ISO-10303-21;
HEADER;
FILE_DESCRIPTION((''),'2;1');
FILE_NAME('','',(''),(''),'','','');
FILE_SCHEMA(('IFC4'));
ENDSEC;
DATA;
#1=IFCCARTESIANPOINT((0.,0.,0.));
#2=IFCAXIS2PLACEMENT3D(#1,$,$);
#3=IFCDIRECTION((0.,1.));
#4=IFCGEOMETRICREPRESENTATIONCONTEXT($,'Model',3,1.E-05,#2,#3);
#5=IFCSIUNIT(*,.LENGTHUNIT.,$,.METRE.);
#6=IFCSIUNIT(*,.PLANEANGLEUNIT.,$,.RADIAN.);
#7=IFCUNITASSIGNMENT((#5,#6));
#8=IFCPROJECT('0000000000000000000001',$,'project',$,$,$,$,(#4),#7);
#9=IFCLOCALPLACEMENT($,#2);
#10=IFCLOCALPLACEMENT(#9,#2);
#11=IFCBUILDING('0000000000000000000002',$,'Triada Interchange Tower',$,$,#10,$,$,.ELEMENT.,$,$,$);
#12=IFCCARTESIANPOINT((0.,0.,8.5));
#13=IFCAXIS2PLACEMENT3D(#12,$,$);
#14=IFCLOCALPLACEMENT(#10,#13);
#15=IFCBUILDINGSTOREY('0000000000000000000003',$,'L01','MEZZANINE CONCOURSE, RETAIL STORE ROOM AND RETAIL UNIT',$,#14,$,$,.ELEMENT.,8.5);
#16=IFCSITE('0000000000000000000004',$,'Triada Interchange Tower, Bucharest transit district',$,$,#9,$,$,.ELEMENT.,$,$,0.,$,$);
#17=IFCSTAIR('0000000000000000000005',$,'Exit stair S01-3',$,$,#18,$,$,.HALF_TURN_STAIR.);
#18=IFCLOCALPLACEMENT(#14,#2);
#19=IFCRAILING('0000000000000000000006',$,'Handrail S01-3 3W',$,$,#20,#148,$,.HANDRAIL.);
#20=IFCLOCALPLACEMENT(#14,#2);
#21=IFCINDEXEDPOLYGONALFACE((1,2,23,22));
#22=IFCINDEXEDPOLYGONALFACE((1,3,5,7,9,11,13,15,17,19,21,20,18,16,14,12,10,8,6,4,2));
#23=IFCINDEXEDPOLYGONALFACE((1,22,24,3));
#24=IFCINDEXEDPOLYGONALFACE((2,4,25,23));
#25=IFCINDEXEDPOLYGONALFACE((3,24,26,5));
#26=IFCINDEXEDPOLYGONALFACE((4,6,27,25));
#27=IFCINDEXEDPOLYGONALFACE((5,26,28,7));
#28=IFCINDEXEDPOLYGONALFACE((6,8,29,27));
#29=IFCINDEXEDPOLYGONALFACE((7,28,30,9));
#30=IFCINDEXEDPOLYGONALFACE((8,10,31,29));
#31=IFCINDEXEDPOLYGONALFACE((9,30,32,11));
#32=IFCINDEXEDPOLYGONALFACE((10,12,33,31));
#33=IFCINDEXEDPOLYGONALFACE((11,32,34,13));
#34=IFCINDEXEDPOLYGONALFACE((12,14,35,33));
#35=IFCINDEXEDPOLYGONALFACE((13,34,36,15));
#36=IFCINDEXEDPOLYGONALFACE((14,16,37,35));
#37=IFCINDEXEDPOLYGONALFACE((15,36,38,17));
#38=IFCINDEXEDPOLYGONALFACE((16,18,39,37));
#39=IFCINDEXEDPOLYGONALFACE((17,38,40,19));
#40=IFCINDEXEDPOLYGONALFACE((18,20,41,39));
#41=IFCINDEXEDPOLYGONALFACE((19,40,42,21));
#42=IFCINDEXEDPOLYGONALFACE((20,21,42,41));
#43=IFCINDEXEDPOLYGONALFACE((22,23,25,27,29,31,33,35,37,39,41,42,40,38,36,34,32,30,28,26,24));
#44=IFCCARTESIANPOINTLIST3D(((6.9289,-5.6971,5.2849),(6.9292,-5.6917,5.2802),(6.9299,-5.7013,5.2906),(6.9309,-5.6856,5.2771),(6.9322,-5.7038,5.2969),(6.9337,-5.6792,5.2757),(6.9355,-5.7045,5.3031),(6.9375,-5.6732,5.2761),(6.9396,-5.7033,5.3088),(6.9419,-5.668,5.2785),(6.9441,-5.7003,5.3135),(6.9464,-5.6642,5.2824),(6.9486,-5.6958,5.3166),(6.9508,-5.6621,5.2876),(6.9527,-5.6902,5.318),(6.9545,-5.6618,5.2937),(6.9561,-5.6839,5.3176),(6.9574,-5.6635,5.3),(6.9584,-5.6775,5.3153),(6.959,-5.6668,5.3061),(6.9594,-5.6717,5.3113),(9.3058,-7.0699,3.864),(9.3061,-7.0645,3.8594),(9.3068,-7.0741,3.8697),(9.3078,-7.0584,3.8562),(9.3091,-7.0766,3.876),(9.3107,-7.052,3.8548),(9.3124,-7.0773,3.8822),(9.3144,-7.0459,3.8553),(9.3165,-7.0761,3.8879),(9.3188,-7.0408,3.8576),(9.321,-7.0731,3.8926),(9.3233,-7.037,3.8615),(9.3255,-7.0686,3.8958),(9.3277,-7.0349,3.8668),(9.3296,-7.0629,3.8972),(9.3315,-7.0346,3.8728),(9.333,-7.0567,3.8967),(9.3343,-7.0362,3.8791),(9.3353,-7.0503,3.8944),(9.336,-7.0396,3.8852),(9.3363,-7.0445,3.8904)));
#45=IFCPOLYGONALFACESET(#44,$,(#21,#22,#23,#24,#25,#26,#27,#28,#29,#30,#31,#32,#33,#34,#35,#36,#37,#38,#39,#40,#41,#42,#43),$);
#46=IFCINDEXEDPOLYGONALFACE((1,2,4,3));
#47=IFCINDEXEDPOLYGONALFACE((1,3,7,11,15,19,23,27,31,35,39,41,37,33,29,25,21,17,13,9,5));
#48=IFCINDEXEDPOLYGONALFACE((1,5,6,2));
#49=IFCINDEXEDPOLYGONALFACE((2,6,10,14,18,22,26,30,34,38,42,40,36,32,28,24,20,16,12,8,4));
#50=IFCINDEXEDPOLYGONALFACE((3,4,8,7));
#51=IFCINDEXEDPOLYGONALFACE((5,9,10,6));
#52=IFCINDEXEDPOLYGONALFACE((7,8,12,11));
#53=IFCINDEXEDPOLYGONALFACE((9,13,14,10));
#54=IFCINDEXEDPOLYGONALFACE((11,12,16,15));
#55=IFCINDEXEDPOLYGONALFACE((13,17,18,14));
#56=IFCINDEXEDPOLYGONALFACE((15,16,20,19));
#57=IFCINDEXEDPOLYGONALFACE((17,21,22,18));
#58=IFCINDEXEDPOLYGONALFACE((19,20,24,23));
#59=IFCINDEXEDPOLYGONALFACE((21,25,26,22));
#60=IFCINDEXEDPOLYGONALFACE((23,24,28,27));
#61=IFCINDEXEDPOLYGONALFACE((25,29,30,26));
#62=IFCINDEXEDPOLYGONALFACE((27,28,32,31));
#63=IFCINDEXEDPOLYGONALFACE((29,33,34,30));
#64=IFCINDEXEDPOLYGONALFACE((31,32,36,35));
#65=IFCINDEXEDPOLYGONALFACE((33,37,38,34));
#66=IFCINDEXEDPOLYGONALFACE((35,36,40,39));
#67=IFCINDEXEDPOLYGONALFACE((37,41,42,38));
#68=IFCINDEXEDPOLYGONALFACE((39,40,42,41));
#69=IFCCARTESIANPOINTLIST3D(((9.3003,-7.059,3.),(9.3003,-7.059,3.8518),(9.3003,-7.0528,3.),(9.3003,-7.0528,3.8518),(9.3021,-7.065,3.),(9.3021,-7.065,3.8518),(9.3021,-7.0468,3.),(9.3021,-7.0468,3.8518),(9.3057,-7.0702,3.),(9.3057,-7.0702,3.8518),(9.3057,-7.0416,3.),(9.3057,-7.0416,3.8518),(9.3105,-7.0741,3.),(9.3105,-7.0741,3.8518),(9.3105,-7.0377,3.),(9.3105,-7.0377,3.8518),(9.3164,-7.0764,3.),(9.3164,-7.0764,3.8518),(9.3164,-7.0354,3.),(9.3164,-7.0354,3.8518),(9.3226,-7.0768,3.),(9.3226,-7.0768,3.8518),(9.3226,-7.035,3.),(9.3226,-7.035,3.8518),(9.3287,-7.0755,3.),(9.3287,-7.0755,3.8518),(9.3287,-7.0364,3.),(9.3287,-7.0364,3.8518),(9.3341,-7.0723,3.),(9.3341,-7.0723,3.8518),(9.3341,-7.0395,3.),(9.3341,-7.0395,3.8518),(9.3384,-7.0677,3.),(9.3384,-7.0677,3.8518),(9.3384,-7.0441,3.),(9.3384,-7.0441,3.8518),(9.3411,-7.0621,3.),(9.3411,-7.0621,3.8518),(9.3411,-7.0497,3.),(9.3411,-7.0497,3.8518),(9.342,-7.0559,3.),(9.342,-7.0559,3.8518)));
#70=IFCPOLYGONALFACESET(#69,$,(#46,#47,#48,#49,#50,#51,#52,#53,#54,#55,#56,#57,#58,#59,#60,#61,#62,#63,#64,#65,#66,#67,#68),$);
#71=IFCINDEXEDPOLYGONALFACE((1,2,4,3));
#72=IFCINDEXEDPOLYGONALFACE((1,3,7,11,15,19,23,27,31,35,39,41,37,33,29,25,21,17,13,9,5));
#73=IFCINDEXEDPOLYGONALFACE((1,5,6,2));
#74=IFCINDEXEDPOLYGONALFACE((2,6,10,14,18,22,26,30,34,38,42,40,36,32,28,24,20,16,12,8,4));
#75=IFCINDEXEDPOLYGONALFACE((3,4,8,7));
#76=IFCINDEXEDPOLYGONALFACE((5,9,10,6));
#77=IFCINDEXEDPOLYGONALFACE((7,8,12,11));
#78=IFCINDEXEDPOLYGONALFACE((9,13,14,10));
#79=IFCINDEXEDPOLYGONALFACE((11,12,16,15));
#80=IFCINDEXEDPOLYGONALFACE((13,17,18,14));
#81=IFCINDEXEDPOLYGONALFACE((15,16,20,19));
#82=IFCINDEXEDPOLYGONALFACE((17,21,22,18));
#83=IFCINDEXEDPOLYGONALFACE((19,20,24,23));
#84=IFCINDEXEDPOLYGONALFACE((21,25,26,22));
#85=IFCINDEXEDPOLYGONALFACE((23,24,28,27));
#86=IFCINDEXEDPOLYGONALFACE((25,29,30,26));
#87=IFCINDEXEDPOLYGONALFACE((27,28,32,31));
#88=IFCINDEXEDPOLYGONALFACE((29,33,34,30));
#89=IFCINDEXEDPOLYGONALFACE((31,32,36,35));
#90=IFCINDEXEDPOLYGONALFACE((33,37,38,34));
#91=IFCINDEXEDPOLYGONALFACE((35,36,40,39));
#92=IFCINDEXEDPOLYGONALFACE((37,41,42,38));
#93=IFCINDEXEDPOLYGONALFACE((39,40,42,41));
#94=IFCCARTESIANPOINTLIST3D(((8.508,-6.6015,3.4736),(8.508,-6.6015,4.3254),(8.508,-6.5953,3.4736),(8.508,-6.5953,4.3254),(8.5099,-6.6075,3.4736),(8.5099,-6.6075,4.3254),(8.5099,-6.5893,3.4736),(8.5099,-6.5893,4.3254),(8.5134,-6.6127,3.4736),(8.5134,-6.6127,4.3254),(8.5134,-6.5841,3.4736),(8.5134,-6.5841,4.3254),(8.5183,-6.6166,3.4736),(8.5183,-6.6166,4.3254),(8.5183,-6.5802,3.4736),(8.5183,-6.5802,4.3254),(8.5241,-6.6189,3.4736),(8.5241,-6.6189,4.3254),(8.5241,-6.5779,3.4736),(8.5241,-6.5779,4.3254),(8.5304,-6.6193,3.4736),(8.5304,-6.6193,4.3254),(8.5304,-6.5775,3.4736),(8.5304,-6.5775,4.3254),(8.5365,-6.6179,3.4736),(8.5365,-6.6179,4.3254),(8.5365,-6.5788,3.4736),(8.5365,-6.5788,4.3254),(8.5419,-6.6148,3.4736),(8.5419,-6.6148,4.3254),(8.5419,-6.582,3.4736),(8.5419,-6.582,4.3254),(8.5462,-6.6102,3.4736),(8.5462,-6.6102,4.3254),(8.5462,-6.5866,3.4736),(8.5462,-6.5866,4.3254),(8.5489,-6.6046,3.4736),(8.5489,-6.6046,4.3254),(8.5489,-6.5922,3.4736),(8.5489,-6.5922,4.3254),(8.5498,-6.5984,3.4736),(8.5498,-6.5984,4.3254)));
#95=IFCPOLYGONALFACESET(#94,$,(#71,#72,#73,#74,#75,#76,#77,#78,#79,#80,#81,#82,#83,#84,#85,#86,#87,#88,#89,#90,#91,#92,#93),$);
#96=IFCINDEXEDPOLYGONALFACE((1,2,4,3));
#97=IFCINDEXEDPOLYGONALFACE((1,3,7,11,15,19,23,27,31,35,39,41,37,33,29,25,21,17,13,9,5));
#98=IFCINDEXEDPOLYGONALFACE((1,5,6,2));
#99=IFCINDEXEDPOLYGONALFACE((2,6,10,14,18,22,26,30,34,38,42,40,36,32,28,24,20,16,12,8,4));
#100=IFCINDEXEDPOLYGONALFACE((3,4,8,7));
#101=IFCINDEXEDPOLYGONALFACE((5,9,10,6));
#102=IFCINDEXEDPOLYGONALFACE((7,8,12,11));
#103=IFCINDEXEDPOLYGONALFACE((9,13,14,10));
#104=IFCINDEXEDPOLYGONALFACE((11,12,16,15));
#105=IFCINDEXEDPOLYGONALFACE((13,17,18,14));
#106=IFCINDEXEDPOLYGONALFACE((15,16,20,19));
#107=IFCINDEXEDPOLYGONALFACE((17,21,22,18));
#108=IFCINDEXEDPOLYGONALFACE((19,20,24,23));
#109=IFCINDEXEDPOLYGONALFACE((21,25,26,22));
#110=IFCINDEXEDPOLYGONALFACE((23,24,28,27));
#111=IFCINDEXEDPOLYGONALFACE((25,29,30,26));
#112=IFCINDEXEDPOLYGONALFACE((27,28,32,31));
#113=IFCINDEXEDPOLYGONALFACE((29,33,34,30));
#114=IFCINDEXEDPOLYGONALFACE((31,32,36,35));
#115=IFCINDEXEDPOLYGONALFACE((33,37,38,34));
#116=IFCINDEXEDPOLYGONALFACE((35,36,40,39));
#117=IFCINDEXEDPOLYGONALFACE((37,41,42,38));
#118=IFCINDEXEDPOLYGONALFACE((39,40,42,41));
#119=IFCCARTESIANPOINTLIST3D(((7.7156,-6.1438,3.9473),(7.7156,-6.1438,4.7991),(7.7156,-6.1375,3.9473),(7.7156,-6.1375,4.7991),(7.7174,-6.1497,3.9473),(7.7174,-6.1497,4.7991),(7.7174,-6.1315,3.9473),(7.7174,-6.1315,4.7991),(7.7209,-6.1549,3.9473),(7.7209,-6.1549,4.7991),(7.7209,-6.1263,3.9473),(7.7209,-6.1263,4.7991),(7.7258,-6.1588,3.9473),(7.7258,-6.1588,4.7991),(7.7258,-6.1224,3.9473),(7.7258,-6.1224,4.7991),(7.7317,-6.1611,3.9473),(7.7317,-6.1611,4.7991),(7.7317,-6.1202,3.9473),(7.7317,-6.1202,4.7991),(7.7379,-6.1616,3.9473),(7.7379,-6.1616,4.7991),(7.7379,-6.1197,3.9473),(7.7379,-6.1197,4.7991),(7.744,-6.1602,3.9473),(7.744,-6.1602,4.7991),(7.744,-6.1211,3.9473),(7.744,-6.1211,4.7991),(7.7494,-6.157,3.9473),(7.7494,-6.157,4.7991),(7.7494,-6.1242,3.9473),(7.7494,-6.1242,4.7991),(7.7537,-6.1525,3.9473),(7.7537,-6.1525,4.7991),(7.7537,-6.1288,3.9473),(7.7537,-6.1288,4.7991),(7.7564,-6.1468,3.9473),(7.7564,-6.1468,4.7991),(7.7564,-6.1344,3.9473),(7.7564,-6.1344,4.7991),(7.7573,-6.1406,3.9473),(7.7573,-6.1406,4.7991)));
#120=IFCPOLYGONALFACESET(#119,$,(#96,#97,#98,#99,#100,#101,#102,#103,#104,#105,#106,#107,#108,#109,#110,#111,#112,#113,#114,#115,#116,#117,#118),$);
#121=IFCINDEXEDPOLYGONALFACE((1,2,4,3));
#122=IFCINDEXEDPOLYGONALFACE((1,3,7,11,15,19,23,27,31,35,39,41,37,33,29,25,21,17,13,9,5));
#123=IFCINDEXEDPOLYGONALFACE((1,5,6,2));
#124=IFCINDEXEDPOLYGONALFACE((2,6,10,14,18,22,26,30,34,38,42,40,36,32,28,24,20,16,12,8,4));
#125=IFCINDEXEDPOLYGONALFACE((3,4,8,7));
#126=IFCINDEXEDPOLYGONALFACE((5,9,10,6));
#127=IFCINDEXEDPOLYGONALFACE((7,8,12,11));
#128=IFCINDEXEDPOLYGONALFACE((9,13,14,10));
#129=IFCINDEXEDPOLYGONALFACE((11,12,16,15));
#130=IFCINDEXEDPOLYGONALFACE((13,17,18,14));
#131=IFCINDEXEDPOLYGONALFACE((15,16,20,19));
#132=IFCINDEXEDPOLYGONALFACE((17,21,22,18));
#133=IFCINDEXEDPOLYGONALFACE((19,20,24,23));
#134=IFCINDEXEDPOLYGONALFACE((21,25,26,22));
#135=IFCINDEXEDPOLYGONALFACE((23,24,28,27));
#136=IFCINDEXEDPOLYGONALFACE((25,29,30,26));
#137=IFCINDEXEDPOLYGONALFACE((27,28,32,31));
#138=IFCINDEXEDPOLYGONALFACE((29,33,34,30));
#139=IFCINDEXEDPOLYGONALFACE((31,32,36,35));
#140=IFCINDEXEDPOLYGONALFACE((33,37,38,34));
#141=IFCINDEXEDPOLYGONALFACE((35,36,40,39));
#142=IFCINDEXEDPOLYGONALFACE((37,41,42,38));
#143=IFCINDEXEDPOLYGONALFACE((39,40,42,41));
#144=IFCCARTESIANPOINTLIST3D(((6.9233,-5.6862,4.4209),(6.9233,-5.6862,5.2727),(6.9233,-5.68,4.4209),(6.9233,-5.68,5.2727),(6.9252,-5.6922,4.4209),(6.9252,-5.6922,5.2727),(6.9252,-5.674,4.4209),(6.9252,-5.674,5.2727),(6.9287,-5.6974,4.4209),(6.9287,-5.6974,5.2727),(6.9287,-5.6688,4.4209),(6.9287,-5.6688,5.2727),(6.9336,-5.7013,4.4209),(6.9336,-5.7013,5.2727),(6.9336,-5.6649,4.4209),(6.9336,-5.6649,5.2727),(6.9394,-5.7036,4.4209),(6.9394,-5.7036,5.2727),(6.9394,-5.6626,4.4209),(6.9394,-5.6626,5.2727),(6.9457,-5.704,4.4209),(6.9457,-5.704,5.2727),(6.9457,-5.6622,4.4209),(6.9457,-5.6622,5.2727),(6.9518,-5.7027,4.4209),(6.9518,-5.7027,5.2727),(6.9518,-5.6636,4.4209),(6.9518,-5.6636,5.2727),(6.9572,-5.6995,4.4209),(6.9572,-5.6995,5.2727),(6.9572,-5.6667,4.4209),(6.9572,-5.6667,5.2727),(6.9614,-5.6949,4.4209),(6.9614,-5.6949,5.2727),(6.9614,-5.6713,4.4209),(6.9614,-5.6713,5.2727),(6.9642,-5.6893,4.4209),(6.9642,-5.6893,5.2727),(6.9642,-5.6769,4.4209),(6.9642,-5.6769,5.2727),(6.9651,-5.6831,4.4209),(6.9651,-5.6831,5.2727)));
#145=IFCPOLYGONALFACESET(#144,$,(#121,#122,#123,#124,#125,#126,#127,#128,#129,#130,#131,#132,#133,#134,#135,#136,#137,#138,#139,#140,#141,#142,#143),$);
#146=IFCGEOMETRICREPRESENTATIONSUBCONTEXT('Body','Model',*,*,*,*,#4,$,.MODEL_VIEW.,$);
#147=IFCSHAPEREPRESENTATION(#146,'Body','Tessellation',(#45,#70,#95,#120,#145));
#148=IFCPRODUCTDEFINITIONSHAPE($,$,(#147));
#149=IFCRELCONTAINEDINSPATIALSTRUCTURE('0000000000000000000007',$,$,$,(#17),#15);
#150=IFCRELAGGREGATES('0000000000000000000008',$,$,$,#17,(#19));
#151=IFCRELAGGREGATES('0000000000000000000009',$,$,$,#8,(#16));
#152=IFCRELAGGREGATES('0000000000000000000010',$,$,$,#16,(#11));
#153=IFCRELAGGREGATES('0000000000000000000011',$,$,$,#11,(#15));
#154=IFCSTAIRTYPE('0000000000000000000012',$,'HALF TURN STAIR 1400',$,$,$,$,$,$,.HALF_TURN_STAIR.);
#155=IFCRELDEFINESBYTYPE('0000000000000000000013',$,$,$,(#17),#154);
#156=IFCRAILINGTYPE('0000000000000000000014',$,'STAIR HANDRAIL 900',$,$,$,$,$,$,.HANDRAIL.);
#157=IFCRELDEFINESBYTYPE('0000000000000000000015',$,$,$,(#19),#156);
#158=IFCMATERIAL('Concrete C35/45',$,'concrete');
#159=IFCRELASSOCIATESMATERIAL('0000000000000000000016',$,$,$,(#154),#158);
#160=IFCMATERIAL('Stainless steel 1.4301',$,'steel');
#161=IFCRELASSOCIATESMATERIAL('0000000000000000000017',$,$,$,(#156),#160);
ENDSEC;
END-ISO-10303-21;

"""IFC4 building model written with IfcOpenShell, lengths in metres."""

from ifc_helpers import new_model, si_unit, direction, frame, origin, origin_2d, place, context, subcontext, project, spatial, circle, extrude, material, type_object, element, aggregate, save


model = new_model("IFC4")

# Units and contexts
model_context = context("Model", 3, precision=1e-05, world=origin(), true_north=direction((0.0, 1.0)))
body_context = subcontext(model_context, "Body", "Model", "MODEL_VIEW")
ifc_project = project(units=[si_unit("LENGTHUNIT", "METRE"), si_unit("PLANEANGLEUNIT", "RADIAN")], contexts=[model_context])

# Site, building, storey
site_placement = place(None, origin())
site = spatial("IfcSite", under=ifc_project, at=site_placement, Name="Triada Interchange Tower, Bucharest transit district", CompositionType="ELEMENT", RefElevation=0.0)
building_placement = place(site_placement, origin())
building = spatial("IfcBuilding", under=site, at=building_placement, Name="Triada Interchange Tower", CompositionType="ELEMENT")
storey_placement = place(building_placement, frame((0.0, 0.0, 8.5)))
storey = spatial("IfcBuildingStorey", under=building, at=storey_placement, Name="L01", Description="MEZZANINE CONCOURSE, RETAIL STORE ROOM AND RETAIL UNIT", CompositionType="ELEMENT", Elevation=8.5)

# Shared definitions
ifc_material_1 = material(Name="Concrete C35/45", Category="concrete")

# Stair
stair_type = type_object("IfcStairType", Name="HALF TURN STAIR 1400", PredefinedType="HALF_TURN_STAIR", material=ifc_material_1)
stair_1_placement = place(storey_placement, origin())
stair_1 = element("IfcStair", 1, at=stair_1_placement, inside=storey, type_object=stair_type, Name="Exit stair S01-3", PredefinedType="HALF_TURN_STAIR")

# Railing
ifc_material_2 = material(Name="Stainless steel 1.4301", Category="steel")
railing_type_1 = type_object("IfcRailingType", Name="STAIR HANDRAIL 900", PredefinedType="HANDRAIL", material=ifc_material_2)
railing_1_placement = place(storey_placement, frame((9.321, -7.0559, 3.0)))
railing_1 = element("IfcRailing", 2, at=railing_1_placement, type_object=railing_type_1, Name="Handrail S01-3 3W", PredefinedType="HANDRAIL", context=body_context, shape_type="SweptSolid", body=[
    extrude(circle(Radius=0.0239, at=origin_2d()), frame((0.0, 0.0, 0.876), z_axis=(-0.769025, 0.444148, 0.459709), x_axis=(-0.500128, -0.865952, 0.0)), (0.0, 0.0, 1.0), 3.0908),
    extrude(circle(Radius=0.021, at=origin_2d()), origin(), (0.0, 0.0, 1.0), 0.8518),
    extrude(circle(Radius=0.021, at=origin_2d()), frame((-0.7922, 0.4575, 0.4736)), (0.0, 0.0, 1.0), 0.8518),
    extrude(circle(Radius=0.021, at=origin_2d()), frame((-1.5847, 0.9153, 0.9473)), (0.0, 0.0, 1.0), 0.8518),
    extrude(circle(Radius=0.021, at=origin_2d()), frame((-2.377, 1.3728, 1.4209)), (0.0, 0.0, 1.0), 0.8518),
])
aggregate(stair_1, [railing_1])

save(model, "model.ifc")
